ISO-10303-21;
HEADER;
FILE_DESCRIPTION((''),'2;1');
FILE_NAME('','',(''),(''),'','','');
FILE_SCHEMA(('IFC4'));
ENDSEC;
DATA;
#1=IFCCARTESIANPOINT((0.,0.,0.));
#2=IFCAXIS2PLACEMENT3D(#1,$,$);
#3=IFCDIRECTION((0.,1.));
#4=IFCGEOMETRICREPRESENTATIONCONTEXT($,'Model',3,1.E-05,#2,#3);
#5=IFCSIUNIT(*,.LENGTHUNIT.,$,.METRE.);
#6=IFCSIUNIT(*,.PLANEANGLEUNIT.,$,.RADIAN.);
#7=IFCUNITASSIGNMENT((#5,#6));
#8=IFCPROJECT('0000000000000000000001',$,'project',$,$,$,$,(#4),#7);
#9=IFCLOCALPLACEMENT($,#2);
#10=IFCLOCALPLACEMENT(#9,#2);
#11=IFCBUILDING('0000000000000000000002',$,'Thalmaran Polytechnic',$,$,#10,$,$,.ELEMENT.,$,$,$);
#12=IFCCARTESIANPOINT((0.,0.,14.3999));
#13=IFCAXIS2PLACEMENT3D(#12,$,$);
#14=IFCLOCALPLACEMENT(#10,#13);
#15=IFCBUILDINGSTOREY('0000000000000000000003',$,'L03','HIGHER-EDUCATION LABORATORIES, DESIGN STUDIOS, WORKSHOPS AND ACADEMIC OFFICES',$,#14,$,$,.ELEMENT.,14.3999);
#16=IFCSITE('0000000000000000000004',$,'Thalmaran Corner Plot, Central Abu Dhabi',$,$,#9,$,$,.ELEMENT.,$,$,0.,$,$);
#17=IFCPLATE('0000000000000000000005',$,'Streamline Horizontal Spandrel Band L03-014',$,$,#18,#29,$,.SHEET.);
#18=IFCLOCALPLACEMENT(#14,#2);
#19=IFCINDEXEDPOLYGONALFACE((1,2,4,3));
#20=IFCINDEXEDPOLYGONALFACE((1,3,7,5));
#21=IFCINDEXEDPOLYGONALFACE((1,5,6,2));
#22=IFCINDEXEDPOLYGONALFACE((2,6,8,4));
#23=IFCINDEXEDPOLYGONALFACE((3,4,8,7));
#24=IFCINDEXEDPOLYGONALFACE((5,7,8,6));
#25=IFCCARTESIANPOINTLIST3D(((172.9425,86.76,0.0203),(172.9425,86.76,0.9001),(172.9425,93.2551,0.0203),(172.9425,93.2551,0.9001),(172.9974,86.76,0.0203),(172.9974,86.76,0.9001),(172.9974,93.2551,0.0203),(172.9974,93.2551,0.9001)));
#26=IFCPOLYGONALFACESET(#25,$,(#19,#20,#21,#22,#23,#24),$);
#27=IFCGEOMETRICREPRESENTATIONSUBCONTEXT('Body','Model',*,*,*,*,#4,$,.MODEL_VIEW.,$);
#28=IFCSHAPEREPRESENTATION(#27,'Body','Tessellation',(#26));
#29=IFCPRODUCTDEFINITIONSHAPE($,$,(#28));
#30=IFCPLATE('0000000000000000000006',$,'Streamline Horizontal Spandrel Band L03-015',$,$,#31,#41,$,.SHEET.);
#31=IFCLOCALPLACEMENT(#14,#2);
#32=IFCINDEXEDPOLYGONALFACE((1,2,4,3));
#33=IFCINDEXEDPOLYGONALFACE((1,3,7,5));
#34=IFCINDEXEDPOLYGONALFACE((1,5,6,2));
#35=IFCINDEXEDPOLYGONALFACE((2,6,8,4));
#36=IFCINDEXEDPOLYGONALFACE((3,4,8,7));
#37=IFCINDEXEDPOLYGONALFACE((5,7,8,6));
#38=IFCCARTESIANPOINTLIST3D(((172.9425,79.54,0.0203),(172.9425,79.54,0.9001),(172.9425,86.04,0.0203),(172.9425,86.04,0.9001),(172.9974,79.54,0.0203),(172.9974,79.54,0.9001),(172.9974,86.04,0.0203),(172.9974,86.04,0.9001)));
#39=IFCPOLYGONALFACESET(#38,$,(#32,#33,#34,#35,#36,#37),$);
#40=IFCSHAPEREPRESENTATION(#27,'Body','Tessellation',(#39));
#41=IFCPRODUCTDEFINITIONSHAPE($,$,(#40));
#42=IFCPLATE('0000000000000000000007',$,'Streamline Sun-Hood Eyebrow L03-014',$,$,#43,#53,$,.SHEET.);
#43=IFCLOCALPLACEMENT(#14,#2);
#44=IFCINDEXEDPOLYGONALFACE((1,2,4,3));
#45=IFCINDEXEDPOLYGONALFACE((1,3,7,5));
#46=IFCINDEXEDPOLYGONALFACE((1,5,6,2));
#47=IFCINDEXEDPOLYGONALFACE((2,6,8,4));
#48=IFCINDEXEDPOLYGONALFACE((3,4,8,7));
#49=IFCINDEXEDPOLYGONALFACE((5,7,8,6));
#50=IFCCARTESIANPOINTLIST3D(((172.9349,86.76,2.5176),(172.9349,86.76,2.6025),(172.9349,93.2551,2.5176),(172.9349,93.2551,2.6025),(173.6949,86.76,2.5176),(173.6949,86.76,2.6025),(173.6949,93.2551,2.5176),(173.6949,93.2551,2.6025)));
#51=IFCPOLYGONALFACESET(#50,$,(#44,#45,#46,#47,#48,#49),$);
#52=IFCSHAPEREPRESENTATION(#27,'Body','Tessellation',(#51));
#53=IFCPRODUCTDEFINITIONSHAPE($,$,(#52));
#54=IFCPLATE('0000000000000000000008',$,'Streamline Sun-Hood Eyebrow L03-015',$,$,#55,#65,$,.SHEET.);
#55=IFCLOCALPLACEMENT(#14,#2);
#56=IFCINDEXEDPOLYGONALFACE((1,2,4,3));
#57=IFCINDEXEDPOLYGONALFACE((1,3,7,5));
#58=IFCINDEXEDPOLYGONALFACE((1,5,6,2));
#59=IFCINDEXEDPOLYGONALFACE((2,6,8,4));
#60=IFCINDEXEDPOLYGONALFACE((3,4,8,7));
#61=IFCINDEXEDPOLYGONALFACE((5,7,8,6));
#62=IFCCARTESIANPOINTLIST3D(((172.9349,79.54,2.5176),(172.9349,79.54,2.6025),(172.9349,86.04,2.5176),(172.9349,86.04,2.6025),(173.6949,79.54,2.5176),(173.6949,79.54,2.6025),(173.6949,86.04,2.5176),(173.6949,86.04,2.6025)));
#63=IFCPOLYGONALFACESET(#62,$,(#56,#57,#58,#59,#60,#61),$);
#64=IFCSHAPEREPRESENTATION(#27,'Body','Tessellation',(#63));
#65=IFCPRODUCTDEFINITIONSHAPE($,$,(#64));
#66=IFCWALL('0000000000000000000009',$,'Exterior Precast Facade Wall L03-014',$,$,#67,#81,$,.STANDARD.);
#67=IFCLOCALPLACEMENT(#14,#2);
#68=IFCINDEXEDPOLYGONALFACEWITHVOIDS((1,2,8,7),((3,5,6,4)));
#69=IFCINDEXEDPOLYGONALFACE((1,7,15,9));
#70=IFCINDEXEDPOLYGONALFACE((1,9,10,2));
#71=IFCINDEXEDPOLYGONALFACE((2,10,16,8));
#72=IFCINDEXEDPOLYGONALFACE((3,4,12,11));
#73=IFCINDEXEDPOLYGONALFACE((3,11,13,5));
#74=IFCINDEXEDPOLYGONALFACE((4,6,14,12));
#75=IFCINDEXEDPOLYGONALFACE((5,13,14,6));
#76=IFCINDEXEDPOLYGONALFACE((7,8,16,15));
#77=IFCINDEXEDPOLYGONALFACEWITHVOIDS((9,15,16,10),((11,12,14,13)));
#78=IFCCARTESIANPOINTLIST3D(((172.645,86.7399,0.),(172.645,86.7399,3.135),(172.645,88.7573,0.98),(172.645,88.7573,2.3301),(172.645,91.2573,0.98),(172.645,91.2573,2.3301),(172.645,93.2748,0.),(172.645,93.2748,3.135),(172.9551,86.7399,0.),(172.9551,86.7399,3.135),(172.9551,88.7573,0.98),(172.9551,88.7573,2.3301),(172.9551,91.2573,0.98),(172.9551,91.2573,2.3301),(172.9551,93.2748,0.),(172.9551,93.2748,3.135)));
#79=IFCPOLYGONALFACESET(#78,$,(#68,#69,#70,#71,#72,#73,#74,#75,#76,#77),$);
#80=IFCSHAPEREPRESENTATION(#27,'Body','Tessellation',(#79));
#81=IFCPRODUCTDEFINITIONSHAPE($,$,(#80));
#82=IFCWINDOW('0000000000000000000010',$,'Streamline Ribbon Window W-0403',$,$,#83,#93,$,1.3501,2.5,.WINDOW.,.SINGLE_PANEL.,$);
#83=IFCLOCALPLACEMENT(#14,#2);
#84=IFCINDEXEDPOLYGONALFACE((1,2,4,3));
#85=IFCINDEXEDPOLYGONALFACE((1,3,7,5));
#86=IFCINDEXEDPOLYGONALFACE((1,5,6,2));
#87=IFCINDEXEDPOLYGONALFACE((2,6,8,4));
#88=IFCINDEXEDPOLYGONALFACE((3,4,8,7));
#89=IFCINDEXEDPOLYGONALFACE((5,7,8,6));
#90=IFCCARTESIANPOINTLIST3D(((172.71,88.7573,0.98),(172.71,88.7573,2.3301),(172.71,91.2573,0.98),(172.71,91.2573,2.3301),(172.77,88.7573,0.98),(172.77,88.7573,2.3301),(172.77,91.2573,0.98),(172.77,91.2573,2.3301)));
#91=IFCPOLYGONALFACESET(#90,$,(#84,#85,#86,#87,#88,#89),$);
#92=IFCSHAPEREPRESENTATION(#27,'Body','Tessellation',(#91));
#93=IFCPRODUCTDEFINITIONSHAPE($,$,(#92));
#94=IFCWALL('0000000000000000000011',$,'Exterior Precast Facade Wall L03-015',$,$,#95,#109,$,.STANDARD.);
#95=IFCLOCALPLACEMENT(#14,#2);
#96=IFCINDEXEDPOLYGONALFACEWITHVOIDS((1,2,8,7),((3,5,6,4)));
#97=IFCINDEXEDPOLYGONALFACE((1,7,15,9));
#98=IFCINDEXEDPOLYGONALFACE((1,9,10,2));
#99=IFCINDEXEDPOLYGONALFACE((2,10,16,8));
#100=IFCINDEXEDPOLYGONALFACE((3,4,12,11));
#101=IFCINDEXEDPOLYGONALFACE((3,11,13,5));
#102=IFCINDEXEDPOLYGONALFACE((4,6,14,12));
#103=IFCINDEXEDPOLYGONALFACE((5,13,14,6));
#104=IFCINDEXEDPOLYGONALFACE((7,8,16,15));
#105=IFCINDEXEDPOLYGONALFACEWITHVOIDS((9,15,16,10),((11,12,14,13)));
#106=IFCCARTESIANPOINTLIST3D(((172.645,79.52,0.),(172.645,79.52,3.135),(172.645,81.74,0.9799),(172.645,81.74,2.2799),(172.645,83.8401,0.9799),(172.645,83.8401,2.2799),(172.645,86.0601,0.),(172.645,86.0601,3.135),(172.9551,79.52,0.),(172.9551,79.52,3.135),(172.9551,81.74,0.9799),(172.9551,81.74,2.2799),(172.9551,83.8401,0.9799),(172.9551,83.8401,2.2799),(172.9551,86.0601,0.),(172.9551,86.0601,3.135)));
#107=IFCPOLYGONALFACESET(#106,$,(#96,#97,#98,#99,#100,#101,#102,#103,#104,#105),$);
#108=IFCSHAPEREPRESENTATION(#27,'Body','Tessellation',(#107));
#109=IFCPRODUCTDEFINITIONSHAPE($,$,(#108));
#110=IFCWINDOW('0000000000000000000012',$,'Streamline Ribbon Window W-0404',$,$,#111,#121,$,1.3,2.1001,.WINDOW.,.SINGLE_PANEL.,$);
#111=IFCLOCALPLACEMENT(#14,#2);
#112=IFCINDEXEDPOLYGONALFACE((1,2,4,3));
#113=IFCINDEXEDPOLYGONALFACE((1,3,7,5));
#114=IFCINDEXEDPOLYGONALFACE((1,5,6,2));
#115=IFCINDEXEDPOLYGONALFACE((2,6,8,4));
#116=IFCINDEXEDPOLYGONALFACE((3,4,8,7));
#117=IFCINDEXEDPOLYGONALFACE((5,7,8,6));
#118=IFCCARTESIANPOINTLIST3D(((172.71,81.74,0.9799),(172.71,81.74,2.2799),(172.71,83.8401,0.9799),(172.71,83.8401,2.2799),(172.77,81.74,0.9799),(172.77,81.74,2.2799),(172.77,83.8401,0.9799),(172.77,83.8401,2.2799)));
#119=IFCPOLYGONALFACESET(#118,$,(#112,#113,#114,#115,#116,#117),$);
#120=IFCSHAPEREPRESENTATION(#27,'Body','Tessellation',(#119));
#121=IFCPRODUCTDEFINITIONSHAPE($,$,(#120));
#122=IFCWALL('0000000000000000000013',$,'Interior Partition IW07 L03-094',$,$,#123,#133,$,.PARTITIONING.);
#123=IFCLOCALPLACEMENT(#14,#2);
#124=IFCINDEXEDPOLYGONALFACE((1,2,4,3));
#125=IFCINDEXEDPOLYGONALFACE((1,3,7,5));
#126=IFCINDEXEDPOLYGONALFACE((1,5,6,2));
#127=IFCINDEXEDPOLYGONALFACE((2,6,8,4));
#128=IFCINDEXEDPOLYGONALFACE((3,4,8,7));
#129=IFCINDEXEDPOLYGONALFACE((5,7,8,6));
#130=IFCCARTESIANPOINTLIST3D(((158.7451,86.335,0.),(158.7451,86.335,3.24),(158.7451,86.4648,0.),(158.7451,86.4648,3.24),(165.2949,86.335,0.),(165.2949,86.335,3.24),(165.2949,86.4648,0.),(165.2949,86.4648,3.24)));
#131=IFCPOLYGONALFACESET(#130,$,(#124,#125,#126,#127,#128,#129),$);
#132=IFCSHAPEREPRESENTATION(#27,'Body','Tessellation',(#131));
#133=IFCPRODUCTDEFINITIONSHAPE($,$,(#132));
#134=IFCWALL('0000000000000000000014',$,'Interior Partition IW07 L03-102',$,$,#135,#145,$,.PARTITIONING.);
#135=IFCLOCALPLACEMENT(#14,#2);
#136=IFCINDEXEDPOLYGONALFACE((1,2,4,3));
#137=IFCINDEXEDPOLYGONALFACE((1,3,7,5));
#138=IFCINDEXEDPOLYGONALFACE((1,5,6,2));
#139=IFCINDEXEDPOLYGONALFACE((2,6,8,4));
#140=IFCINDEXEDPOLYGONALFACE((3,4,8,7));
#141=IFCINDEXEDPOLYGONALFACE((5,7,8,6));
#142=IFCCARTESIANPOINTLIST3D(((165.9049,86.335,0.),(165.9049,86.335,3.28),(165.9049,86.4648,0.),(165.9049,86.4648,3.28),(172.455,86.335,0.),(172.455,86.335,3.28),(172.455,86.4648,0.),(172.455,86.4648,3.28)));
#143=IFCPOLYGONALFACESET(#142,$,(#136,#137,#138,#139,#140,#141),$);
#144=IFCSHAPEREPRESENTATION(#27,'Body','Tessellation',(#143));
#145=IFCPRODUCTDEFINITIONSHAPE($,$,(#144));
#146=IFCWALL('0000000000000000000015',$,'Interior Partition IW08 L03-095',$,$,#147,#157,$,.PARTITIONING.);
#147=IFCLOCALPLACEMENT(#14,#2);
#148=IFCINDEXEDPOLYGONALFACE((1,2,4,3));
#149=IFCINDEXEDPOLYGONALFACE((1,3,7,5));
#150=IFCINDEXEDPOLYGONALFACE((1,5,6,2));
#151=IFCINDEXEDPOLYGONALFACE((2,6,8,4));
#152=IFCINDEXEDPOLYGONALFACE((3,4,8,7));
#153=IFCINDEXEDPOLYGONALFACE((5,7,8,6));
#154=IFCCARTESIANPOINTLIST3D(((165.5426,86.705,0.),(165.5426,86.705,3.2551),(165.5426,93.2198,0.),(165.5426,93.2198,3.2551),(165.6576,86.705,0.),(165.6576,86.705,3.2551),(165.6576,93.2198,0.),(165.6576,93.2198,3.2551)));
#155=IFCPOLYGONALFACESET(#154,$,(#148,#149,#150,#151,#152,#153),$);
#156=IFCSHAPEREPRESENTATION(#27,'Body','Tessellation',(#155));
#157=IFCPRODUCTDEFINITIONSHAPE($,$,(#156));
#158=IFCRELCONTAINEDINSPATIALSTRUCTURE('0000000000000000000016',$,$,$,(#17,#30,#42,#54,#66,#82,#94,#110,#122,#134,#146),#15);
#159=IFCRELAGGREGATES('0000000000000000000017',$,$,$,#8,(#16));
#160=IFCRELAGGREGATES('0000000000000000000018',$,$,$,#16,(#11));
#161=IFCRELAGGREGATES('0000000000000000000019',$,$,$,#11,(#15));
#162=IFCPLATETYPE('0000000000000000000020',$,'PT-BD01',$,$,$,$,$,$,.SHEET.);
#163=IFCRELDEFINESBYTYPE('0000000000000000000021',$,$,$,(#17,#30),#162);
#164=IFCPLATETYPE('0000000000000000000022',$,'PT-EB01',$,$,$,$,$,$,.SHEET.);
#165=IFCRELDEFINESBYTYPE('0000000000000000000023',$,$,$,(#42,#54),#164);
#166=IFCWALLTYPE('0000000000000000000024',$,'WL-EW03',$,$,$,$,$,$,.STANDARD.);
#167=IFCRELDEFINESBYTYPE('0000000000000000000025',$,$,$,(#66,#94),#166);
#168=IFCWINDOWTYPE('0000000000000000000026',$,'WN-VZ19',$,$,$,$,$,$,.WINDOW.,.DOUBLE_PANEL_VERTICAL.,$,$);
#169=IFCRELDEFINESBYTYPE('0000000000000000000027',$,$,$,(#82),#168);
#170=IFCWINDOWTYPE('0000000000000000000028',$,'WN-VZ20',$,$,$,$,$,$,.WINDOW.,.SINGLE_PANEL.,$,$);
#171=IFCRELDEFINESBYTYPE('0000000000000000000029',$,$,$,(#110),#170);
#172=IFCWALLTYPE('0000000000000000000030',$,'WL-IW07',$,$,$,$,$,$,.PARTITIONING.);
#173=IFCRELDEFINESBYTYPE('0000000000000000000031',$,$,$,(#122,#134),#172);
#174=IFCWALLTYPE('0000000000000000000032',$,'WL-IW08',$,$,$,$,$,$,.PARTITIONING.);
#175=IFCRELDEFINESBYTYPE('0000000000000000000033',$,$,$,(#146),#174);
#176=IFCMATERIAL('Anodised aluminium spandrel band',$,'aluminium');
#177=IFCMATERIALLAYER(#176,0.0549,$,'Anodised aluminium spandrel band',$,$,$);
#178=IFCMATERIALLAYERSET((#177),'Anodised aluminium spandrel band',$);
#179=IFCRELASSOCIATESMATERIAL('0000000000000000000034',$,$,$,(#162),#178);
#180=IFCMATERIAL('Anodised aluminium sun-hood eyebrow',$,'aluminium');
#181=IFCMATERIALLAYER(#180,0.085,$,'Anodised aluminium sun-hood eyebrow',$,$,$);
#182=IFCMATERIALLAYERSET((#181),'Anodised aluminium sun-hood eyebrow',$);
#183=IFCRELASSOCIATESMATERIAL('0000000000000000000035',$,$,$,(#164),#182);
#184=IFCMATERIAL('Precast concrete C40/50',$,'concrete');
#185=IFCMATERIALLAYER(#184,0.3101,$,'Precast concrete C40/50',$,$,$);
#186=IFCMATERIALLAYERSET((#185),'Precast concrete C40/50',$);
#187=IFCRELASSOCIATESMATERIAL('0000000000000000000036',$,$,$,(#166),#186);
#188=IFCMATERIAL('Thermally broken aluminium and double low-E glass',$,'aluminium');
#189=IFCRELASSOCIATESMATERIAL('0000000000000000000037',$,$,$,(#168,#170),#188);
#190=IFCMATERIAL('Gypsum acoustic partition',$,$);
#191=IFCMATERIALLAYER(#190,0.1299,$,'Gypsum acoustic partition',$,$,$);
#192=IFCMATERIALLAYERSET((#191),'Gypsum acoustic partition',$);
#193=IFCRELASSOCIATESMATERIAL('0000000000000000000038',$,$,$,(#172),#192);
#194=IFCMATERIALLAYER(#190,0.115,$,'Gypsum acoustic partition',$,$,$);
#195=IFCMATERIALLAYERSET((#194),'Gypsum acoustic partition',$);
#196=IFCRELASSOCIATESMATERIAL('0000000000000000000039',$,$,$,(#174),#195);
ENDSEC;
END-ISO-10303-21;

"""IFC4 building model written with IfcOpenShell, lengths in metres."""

from ifc_helpers import new_model, si_unit, direction, frame, frame_2d, origin, origin_2d, place, context, subcontext, project, spatial, rectangle, extrude, material, layer, layer_set, type_object, element, fill, save


model = new_model("IFC4")

# Units and contexts
model_context = context("Model", 3, precision=1e-05, world=origin(), true_north=direction((0.0, 1.0)))
body_context = subcontext(model_context, "Body", "Model", "MODEL_VIEW")
ifc_project = project(units=[si_unit("LENGTHUNIT", "METRE"), si_unit("PLANEANGLEUNIT", "RADIAN")], contexts=[model_context])

# Site, building, storey
site_placement = place(None, origin())
site = spatial("IfcSite", under=ifc_project, at=site_placement, Name="Thalmaran Corner Plot, Central Abu Dhabi", CompositionType="ELEMENT", RefElevation=0.0)
building_placement = place(site_placement, origin())
building = spatial("IfcBuilding", under=site, at=building_placement, Name="Thalmaran Polytechnic", CompositionType="ELEMENT")
storey_placement = place(building_placement, frame((0.0, 0.0, 14.3999)))
storey = spatial("IfcBuildingStorey", under=building, at=storey_placement, Name="L03", Description="HIGHER-EDUCATION LABORATORIES, DESIGN STUDIOS, WORKSHOPS AND ACADEMIC OFFICES", CompositionType="ELEMENT", Elevation=14.3999)

# Plates
ifc_material_1 = material(Name="Anodised aluminium spandrel band", Category="aluminium")
ifc_layer_1 = layer(ifc_material_1, 0.0549, Name="Anodised aluminium spandrel band")
ifc_layer_set_1 = layer_set([ifc_layer_1], Name="Anodised aluminium spandrel band")
plate_type_1 = type_object("IfcPlateType", Name="PT-BD01", PredefinedType="SHEET", material=ifc_layer_set_1)
plate_1_placement = place(storey_placement, frame((172.97, 90.0076, 0.0203), z_axis=(0.0, 0.0, 1.0), x_axis=(0.0, -1.0, 0.0)))
element("IfcPlate", 1, at=plate_1_placement, inside=storey, type_object=plate_type_1, Name="Streamline Horizontal Spandrel Band L03-014", PredefinedType="SHEET", context=body_context, shape_type="SweptSolid", body=[
    extrude(rectangle(XDim=6.4951, YDim=0.0549, at=origin_2d()), origin(), (0.0, 0.0, 1.0), 0.8799),
])
plate_2_placement = place(storey_placement, frame((172.97, 82.79, 0.0203), z_axis=(0.0, 0.0, 1.0), x_axis=(0.0, -1.0, 0.0)))
element("IfcPlate", 2, at=plate_2_placement, inside=storey, type_object=plate_type_1, Name="Streamline Horizontal Spandrel Band L03-015", PredefinedType="SHEET", context=body_context, shape_type="SweptSolid", body=[
    extrude(rectangle(XDim=6.5, YDim=0.0549, at=origin_2d()), origin(), (0.0, 0.0, 1.0), 0.8799),
])
ifc_material_2 = material(Name="Anodised aluminium sun-hood eyebrow", Category="aluminium")
ifc_layer_2 = layer(ifc_material_2, 0.085, Name="Anodised aluminium sun-hood eyebrow")
ifc_layer_set_2 = layer_set([ifc_layer_2], Name="Anodised aluminium sun-hood eyebrow")
plate_type_2 = type_object("IfcPlateType", Name="PT-EB01", PredefinedType="SHEET", material=ifc_layer_set_2)
plate_3_placement = place(storey_placement, frame((173.3149, 90.0076, 2.5176), z_axis=(0.0, 0.0, 1.0), x_axis=(0.0, -1.0, 0.0)))
element("IfcPlate", 3, at=plate_3_placement, inside=storey, type_object=plate_type_2, Name="Streamline Sun-Hood Eyebrow L03-014", PredefinedType="SHEET", context=body_context, shape_type="SweptSolid", body=[
    extrude(rectangle(XDim=6.4951, YDim=0.76, at=origin_2d()), origin(), (0.0, 0.0, 1.0), 0.085),
])
plate_4_placement = place(storey_placement, frame((173.3149, 82.79, 2.5176), z_axis=(0.0, 0.0, 1.0), x_axis=(0.0, -1.0, 0.0)))
element("IfcPlate", 4, at=plate_4_placement, inside=storey, type_object=plate_type_2, Name="Streamline Sun-Hood Eyebrow L03-015", PredefinedType="SHEET", context=body_context, shape_type="SweptSolid", body=[
    extrude(rectangle(XDim=6.5, YDim=0.76, at=origin_2d()), origin(), (0.0, 0.0, 1.0), 0.085),
])

# Walls, openings, windows
ifc_material_3 = material(Name="Precast concrete C40/50", Category="concrete")
ifc_layer_3 = layer(ifc_material_3, 0.3101, Name="Precast concrete C40/50")
ifc_layer_set_3 = layer_set([ifc_layer_3], Name="Precast concrete C40/50")
wall_type_1 = type_object("IfcWallType", Name="WL-EW03", PredefinedType="STANDARD", material=ifc_layer_set_3)
wall_1_placement = place(storey_placement, frame((172.8, 93.2749, 0.0), z_axis=(0.0, 0.0, 1.0), x_axis=(0.0, -1.0, 0.0)))
wall_1 = element("IfcWall", 5, at=wall_1_placement, inside=storey, type_object=wall_type_1, Name="Exterior Precast Facade Wall L03-014", PredefinedType="STANDARD", context=body_context, shape_type="SweptSolid", body=[
    extrude(rectangle(XDim=6.5349, YDim=0.3101, at=frame_2d((3.2676, 0.0))), origin(), (0.0, 0.0, 1.0), 3.135),
])
opening_1_placement = place(wall_1_placement, frame((2.0176, 0.0, 0.98)))
opening_1 = element("IfcOpeningElement", 6, at=opening_1_placement, cuts=wall_1, PredefinedType="OPENING", context=body_context, shape_type="SweptSolid", body=[
    extrude(rectangle(XDim=2.5, YDim=1.3501, at=frame_2d((1.25, 0.675))), frame((0.0, 0.165, 0.0), z_axis=(0.0, -1.0, 0.0), x_axis=(1.0, 0.0, 0.0)), (0.0, 0.0, 1.0), 0.3301),
])
ifc_material_4 = material(Name="Thermally broken aluminium and double low-E glass", Category="aluminium")
window_type_1 = type_object("IfcWindowType", Name="WN-VZ19", PartitioningType="DOUBLE_PANEL_VERTICAL", PredefinedType="WINDOW", material=ifc_material_4)
window_1_placement = place(opening_1_placement, origin())
window_1 = element("IfcWindow", 7, at=window_1_placement, inside=storey, type_object=window_type_1, Name="Streamline Ribbon Window W-0403", OverallHeight=1.3501, OverallWidth=2.5, PartitioningType="SINGLE_PANEL", PredefinedType="WINDOW", context=body_context, shape_type="SweptSolid", body=[
    extrude(rectangle(XDim=2.5, YDim=1.3501, at=frame_2d((1.25, 0.675))), frame((0.0, -0.03, 0.0), z_axis=(0.0, -1.0, 0.0), x_axis=(1.0, 0.0, 0.0)), (0.0, 0.0, 1.0), 0.0601),
])
fill(opening_1, window_1)
wall_2_placement = place(storey_placement, frame((172.8, 86.0601, 0.0), z_axis=(0.0, 0.0, 1.0), x_axis=(0.0, -1.0, 0.0)))
wall_2 = element("IfcWall", 8, at=wall_2_placement, inside=storey, type_object=wall_type_1, Name="Exterior Precast Facade Wall L03-015", PredefinedType="STANDARD", context=body_context, shape_type="SweptSolid", body=[
    extrude(rectangle(XDim=6.54, YDim=0.3101, at=frame_2d((3.27, 0.0))), origin(), (0.0, 0.0, 1.0), 3.135),
])
opening_2_placement = place(wall_2_placement, frame((2.22, 0.0, 0.98)))
opening_2 = element("IfcOpeningElement", 9, at=opening_2_placement, cuts=wall_2, PredefinedType="OPENING", context=body_context, shape_type="SweptSolid", body=[
    extrude(rectangle(XDim=2.1001, YDim=1.3, at=frame_2d((1.05, 0.6499))), frame((0.0, 0.165, 0.0), z_axis=(0.0, -1.0, 0.0), x_axis=(1.0, 0.0, 0.0)), (0.0, 0.0, 1.0), 0.3301),
])
window_type_2 = type_object("IfcWindowType", Name="WN-VZ20", PartitioningType="SINGLE_PANEL", PredefinedType="WINDOW", material=ifc_material_4)
window_2_placement = place(opening_2_placement, origin())
window_2 = element("IfcWindow", 10, at=window_2_placement, inside=storey, type_object=window_type_2, Name="Streamline Ribbon Window W-0404", OverallHeight=1.3, OverallWidth=2.1001, PartitioningType="SINGLE_PANEL", PredefinedType="WINDOW", context=body_context, shape_type="SweptSolid", body=[
    extrude(rectangle(XDim=2.1001, YDim=1.3, at=frame_2d((1.05, 0.6499))), frame((0.0, -0.03, 0.0), z_axis=(0.0, -1.0, 0.0), x_axis=(1.0, 0.0, 0.0)), (0.0, 0.0, 1.0), 0.0601),
])
fill(opening_2, window_2)

# Walls
ifc_material_5 = material(Name="Gypsum acoustic partition")
ifc_layer_4 = layer(ifc_material_5, 0.1299, Name="Gypsum acoustic partition")
ifc_layer_set_4 = layer_set([ifc_layer_4], Name="Gypsum acoustic partition")
wall_type_2 = type_object("IfcWallType", Name="WL-IW07", PredefinedType="PARTITIONING", material=ifc_layer_set_4)
wall_3_placement = place(storey_placement, frame((158.7451, 86.3999, 0.0), z_axis=(0.0, 0.0, 1.0), x_axis=(1.0, 0.0, 0.0)))
element("IfcWall", 11, at=wall_3_placement, inside=storey, type_object=wall_type_2, Name="Interior Partition IW07 L03-094", PredefinedType="PARTITIONING", context=body_context, shape_type="SweptSolid", body=[
    extrude(rectangle(XDim=6.5498, YDim=0.1299, at=frame_2d((3.2749, 0.0))), origin(), (0.0, 0.0, 1.0), 3.24),
])
wall_4_placement = place(storey_placement, frame((165.905, 86.3999, 0.0), z_axis=(0.0, 0.0, 1.0), x_axis=(1.0, 0.0, 0.0)))
element("IfcWall", 12, at=wall_4_placement, inside=storey, type_object=wall_type_2, Name="Interior Partition IW07 L03-102", PredefinedType="PARTITIONING", context=body_context, shape_type="SweptSolid", body=[
    extrude(rectangle(XDim=6.55, YDim=0.1299, at=frame_2d((3.2749, 0.0))), origin(), (0.0, 0.0, 1.0), 3.28),
])
ifc_layer_5 = layer(ifc_material_5, 0.115, Name="Gypsum acoustic partition")
ifc_layer_set_5 = layer_set([ifc_layer_5], Name="Gypsum acoustic partition")
wall_type_3 = type_object("IfcWallType", Name="WL-IW08", PredefinedType="PARTITIONING", material=ifc_layer_set_5)
wall_5_placement = place(storey_placement, frame((165.6001, 86.7051, 0.0), z_axis=(0.0, 0.0, 1.0), x_axis=(0.0, 1.0, 0.0)))
element("IfcWall", 13, at=wall_5_placement, inside=storey, type_object=wall_type_3, Name="Interior Partition IW08 L03-095", PredefinedType="PARTITIONING", context=body_context, shape_type="SweptSolid", body=[
    extrude(rectangle(XDim=6.5149, YDim=0.115, at=frame_2d((3.2573, 0.0))), origin(), (0.0, 0.0, 1.0), 3.2551),
])

save(model, "model.ifc")
